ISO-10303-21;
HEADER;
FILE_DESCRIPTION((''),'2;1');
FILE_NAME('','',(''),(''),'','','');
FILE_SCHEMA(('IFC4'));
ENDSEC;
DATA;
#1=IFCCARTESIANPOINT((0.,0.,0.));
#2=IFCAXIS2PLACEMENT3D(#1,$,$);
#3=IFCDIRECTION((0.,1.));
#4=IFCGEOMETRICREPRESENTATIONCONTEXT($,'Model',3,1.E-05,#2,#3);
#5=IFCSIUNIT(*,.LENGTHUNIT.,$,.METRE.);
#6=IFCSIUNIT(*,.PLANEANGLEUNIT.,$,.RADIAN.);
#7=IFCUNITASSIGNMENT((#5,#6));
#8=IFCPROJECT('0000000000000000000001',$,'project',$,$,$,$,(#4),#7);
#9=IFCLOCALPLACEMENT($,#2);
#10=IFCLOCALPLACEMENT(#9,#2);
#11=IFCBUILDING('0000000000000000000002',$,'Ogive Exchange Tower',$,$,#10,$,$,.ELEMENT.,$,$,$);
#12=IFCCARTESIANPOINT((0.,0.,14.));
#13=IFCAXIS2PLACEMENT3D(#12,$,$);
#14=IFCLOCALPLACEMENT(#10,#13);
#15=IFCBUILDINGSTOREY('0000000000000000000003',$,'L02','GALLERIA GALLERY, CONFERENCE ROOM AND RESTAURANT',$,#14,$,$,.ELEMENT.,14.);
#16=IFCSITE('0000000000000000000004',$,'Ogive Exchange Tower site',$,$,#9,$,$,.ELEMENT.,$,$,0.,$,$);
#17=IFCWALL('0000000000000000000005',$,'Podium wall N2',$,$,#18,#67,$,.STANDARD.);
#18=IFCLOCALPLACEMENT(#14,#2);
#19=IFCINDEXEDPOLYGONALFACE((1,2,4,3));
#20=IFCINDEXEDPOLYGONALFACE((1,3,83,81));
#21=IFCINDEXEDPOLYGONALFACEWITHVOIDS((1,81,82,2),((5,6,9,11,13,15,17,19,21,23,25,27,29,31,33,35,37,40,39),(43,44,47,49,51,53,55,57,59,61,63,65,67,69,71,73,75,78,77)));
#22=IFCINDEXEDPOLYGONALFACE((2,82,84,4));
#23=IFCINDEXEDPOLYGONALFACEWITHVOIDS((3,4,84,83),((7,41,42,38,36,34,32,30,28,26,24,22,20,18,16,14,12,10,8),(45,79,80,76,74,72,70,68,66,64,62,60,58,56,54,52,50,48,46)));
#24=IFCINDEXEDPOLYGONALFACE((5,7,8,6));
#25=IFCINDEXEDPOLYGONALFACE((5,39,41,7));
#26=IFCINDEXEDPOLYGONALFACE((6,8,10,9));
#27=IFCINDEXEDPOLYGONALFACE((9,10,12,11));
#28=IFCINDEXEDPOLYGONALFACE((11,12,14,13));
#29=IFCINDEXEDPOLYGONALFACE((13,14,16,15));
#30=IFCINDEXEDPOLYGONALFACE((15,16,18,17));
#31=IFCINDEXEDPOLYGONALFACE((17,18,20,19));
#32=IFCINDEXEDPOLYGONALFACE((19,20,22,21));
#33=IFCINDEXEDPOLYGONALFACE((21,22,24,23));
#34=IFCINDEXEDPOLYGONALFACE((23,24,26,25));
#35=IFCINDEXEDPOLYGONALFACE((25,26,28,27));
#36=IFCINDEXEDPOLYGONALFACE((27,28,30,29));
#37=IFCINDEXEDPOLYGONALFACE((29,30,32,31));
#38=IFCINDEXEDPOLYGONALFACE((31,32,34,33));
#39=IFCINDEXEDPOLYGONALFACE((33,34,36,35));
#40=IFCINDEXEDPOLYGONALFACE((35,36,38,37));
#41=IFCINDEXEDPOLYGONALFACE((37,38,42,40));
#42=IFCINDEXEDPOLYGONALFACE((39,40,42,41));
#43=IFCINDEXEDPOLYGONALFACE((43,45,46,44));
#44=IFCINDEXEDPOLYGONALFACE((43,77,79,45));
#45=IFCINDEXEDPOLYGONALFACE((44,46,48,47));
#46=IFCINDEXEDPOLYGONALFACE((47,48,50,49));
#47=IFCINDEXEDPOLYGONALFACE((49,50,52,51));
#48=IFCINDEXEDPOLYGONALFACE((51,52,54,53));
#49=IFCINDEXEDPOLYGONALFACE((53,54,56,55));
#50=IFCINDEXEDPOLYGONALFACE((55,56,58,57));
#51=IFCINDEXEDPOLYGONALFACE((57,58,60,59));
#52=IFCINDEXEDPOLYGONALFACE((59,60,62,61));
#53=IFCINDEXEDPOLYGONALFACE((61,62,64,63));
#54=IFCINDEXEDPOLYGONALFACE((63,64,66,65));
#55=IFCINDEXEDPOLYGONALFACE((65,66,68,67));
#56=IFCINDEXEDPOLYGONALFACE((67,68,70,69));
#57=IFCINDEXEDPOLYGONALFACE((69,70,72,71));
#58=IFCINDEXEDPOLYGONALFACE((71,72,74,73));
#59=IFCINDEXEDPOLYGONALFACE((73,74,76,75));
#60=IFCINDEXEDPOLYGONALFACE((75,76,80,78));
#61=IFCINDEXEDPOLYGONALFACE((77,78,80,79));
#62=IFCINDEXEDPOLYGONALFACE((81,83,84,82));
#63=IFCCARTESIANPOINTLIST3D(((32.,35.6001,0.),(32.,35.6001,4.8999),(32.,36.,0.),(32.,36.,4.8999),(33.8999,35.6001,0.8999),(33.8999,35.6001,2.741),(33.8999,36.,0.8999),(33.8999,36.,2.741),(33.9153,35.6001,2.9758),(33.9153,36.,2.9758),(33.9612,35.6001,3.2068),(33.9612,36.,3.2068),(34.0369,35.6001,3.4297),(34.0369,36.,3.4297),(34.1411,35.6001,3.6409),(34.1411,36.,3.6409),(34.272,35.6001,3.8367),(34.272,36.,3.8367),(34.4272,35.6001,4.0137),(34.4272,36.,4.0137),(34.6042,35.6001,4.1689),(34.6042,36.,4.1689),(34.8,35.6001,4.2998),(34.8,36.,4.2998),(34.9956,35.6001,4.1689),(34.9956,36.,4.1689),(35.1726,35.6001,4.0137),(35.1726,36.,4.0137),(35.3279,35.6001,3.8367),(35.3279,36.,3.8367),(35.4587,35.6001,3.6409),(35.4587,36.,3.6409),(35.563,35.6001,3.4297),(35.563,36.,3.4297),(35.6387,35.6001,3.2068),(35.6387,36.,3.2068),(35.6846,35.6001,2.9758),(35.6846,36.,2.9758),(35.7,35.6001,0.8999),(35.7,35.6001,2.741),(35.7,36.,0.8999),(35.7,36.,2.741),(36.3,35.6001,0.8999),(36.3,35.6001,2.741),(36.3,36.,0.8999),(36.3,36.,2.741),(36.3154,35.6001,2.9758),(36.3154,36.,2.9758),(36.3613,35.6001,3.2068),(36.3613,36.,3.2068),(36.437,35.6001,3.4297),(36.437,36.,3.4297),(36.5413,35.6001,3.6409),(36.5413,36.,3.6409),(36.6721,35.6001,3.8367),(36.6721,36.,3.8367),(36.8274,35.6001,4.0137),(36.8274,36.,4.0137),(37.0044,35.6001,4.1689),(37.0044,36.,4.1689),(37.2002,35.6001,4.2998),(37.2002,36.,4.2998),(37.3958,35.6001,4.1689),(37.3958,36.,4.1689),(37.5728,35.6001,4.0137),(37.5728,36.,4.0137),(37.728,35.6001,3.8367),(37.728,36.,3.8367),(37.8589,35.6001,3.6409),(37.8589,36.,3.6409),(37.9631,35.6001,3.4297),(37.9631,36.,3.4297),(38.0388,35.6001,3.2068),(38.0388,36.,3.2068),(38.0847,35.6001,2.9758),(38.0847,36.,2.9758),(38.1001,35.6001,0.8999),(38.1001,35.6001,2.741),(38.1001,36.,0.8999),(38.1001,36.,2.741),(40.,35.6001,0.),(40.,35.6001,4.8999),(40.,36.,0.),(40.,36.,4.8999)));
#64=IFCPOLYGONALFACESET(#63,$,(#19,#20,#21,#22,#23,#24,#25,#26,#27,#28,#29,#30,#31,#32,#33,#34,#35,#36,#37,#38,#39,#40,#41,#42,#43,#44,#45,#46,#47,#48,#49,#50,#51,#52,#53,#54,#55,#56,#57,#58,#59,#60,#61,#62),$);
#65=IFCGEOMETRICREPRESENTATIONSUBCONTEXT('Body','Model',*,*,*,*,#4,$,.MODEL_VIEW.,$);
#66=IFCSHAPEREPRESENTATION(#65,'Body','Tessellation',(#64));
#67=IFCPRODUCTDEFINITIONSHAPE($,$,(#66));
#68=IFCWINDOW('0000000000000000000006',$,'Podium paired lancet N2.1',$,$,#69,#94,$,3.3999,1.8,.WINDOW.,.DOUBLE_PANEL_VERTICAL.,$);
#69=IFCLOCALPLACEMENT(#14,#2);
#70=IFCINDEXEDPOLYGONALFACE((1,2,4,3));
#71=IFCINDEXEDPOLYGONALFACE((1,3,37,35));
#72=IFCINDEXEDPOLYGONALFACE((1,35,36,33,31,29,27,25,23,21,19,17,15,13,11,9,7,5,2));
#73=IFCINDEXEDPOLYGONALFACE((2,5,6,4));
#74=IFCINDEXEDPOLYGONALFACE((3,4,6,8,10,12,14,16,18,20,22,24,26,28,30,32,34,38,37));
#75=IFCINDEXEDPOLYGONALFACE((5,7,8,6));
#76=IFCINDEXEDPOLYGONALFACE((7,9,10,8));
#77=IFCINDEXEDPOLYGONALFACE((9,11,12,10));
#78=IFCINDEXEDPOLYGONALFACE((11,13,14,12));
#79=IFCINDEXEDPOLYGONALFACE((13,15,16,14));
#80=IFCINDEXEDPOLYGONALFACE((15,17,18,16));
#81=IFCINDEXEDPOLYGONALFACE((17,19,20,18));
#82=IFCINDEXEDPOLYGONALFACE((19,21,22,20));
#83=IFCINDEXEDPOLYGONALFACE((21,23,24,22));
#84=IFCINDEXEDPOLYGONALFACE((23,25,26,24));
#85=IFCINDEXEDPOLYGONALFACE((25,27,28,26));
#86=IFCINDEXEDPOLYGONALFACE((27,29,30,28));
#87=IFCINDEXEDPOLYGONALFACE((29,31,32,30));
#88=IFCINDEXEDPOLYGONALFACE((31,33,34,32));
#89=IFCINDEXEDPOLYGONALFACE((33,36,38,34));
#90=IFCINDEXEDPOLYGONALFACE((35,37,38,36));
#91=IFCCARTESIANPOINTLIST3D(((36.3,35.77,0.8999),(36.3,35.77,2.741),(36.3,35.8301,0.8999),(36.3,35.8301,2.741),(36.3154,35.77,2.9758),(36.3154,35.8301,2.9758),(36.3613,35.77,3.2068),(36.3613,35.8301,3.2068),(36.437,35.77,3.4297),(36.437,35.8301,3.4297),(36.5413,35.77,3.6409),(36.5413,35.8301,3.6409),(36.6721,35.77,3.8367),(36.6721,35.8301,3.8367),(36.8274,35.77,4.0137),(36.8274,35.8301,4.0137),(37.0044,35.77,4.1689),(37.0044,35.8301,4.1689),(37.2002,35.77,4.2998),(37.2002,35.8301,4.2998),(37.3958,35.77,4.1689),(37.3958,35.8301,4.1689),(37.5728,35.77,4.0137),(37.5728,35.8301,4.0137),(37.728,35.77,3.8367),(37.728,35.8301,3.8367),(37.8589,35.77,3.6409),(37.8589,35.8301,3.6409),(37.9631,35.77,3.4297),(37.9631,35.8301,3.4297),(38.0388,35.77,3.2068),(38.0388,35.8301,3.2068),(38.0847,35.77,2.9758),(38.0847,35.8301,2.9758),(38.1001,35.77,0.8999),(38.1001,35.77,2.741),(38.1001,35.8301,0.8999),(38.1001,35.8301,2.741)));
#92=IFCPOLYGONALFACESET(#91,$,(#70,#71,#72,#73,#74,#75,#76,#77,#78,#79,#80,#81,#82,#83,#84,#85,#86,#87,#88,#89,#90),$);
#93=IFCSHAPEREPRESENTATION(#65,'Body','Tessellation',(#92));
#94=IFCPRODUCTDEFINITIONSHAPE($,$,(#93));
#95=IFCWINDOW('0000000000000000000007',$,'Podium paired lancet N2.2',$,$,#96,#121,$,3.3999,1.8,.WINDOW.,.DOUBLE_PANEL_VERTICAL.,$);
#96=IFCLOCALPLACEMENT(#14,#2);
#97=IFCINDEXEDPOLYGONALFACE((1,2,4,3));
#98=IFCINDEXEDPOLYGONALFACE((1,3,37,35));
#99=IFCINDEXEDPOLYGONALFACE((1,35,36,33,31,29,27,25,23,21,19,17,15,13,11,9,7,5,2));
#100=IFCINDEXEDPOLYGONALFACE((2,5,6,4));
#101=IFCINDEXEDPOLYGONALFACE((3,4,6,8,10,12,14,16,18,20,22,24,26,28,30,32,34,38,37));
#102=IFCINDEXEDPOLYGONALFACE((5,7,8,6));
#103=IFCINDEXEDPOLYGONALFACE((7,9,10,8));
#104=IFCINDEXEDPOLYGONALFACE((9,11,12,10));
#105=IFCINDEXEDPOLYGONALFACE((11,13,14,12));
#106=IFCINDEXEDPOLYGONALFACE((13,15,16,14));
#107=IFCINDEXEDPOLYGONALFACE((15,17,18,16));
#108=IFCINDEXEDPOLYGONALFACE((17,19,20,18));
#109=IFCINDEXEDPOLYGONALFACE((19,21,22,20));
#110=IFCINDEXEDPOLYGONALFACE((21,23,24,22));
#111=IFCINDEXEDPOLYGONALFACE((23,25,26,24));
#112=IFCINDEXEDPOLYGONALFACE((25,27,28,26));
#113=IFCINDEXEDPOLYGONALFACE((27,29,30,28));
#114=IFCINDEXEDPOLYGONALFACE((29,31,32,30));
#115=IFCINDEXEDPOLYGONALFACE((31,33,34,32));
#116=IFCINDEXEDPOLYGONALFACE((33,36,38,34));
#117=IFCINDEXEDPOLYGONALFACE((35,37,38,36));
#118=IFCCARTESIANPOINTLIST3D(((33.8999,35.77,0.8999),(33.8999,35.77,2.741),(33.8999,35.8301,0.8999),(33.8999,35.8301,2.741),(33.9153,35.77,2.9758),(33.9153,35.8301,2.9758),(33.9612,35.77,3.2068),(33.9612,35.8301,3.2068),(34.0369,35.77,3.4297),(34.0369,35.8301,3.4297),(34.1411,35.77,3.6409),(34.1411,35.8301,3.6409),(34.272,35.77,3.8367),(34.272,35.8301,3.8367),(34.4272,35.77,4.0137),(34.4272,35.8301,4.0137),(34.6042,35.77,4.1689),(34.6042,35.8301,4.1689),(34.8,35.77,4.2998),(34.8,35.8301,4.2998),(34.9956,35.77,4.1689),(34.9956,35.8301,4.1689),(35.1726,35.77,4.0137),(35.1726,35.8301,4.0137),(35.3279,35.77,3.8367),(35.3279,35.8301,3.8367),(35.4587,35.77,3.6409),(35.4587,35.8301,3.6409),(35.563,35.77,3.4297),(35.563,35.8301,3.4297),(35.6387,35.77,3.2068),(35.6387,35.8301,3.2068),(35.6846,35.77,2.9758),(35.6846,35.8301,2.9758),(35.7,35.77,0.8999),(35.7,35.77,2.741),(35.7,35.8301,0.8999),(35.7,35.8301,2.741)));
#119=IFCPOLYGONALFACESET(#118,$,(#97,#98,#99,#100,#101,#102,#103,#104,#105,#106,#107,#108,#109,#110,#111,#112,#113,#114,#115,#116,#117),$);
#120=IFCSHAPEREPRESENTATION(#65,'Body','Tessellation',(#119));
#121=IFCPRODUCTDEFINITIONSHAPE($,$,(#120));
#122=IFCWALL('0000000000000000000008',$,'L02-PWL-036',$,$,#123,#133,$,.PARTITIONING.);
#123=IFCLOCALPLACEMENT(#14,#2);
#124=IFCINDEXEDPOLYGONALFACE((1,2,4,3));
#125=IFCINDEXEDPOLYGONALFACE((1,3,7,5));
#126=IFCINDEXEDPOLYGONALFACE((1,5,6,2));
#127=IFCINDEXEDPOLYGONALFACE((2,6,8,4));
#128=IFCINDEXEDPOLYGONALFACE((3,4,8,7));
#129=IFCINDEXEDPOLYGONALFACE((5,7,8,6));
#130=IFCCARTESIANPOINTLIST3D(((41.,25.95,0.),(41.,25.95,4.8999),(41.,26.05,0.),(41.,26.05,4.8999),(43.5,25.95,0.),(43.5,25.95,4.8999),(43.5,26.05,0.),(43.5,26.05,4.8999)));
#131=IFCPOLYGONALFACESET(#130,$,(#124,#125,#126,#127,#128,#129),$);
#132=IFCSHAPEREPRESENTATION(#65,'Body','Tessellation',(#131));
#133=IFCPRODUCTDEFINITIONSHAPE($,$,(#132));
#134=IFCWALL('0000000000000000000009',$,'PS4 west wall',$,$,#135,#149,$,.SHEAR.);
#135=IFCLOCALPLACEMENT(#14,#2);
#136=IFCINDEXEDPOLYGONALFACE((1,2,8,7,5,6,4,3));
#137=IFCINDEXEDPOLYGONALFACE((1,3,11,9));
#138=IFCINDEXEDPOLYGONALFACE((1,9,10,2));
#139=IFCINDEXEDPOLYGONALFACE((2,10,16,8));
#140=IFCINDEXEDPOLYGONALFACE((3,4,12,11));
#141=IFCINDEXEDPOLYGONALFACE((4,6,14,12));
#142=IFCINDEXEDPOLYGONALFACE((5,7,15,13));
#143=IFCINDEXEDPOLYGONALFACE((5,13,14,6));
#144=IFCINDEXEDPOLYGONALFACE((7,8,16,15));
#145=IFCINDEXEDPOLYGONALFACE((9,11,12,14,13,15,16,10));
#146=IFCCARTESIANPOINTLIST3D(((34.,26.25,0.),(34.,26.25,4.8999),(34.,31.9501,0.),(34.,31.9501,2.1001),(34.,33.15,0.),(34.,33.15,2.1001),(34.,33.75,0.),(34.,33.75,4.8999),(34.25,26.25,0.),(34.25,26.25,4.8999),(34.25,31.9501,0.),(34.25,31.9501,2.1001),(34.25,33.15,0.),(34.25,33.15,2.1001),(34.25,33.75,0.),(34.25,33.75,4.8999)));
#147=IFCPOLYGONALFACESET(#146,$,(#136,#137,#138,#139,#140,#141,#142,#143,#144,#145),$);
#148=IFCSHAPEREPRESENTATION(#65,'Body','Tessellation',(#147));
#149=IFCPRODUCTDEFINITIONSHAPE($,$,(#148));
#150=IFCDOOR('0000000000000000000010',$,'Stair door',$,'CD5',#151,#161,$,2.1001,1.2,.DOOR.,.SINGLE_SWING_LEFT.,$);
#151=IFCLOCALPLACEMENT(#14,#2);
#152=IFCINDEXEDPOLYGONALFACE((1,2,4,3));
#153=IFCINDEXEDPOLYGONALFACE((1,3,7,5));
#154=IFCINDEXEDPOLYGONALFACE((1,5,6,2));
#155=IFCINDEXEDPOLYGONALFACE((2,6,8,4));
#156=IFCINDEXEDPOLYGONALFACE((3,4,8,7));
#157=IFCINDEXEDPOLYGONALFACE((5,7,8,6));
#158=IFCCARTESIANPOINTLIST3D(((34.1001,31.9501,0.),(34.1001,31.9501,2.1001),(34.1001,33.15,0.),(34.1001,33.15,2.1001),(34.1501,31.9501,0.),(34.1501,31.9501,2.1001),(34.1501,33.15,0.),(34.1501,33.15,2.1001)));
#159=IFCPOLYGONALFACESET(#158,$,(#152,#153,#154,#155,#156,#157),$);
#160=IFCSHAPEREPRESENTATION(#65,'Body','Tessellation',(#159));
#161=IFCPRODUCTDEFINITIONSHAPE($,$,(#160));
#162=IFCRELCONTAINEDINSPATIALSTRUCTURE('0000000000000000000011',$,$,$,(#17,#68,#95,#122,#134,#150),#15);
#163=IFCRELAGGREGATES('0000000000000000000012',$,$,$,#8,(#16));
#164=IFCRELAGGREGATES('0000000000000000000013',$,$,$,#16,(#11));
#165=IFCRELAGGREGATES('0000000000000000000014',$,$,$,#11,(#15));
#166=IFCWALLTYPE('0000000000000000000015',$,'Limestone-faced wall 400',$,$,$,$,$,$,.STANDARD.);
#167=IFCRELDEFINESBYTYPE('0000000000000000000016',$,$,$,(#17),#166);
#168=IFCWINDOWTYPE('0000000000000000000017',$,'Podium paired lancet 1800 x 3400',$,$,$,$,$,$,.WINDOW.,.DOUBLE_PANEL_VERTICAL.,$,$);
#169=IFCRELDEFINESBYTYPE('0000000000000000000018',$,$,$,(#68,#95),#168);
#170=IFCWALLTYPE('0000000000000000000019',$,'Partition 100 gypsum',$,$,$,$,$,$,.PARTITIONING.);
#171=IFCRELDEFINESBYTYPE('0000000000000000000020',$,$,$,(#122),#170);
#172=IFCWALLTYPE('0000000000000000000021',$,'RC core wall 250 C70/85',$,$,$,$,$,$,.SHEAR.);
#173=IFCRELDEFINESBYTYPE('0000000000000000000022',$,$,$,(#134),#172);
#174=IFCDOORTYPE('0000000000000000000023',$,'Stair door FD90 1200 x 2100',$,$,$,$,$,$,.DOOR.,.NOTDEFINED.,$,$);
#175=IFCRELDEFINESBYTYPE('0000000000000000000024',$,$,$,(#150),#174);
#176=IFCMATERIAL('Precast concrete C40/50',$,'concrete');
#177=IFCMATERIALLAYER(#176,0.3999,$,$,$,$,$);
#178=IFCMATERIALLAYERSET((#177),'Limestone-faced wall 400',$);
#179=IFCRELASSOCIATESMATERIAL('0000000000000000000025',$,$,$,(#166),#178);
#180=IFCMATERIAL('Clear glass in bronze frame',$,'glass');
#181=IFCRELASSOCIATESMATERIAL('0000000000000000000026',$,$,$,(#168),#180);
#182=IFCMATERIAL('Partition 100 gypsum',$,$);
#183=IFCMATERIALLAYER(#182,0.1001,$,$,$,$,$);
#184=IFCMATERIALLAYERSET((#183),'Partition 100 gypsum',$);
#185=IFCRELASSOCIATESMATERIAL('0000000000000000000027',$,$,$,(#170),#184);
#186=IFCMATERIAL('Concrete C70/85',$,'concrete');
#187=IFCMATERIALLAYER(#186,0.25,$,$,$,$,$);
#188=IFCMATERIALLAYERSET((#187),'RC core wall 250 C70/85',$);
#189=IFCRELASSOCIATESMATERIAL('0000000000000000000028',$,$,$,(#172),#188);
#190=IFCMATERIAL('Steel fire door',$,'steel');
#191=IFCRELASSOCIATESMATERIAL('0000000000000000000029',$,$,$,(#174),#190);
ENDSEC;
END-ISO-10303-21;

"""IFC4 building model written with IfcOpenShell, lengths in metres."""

from ifc_helpers import new_model, si_unit, direction, frame, frame_2d, origin, place, context, subcontext, project, spatial, polyline, rectangle, outline, extrude, material, layer, layer_set, type_object, element, fill, save


model = new_model("IFC4")

# Units and contexts
model_context = context("Model", 3, precision=1e-05, world=origin(), true_north=direction((0.0, 1.0)))
body_context = subcontext(model_context, "Body", "Model", "MODEL_VIEW")
ifc_project = project(units=[si_unit("LENGTHUNIT", "METRE"), si_unit("PLANEANGLEUNIT", "RADIAN")], contexts=[model_context])

# Site, building, storey
site_placement = place(None, origin())
site = spatial("IfcSite", under=ifc_project, at=site_placement, Name="Ogive Exchange Tower site", CompositionType="ELEMENT", RefElevation=0.0)
building_placement = place(site_placement, origin())
building = spatial("IfcBuilding", under=site, at=building_placement, Name="Ogive Exchange Tower", CompositionType="ELEMENT")
storey_placement = place(building_placement, frame((0.0, 0.0, 14.0)))
storey = spatial("IfcBuildingStorey", under=building, at=storey_placement, Name="L02", Description="GALLERIA GALLERY, CONFERENCE ROOM AND RESTAURANT", CompositionType="ELEMENT", Elevation=14.0)

# Shared definitions
ifc_material_1 = material(Name="Concrete C70/85", Category="concrete")

# Shared definitions
ifc_material_2 = material(Name="Precast concrete C40/50", Category="concrete")
ifc_layer_1 = layer(ifc_material_2, 0.3999)
ifc_layer_set_1 = layer_set([ifc_layer_1], Name="Limestone-faced wall 400")
wall_type_1 = type_object("IfcWallType", Name="Limestone-faced wall 400", PredefinedType="STANDARD", material=ifc_layer_set_1)

# Wall, openings, windows
wall_1_placement = place(storey_placement, frame((40.0, 35.8, 0.0), z_axis=(0.0, 0.0, 1.0), x_axis=(-1.0, 0.0, 0.0)))
wall_1 = element("IfcWall", 1, at=wall_1_placement, inside=storey, type_object=wall_type_1, Name="Podium wall N2", PredefinedType="STANDARD", context=body_context, shape_type="SweptSolid", body=[
    extrude(rectangle(XDim=8.0, YDim=0.3999, at=frame_2d((4.0, 0.0))), origin(), (0.0, 0.0, 1.0), 4.8999),
])
opening_1_placement = place(wall_1_placement, frame((1.8999, 0.0, 0.8999)))
opening_1 = element("IfcOpeningElement", 2, at=opening_1_placement, cuts=wall_1, PredefinedType="OPENING", context=body_context, shape_type="SweptSolid", body=[
    extrude(outline(polyline([(0.0, 0.0), (1.8, 0.0), (1.8, 1.8411), (1.7847, 2.0759), (1.7388, 2.3069), (1.6631, 2.5298), (1.5588, 2.741), (1.428, 2.9368), (1.2727, 3.1138), (1.0957, 3.269), (0.8999, 3.3999), (0.7043, 3.269), (0.5273, 3.1138), (0.3721, 2.9368), (0.2412, 2.741), (0.137, 2.5298), (0.0613, 2.3069), (0.0154, 2.0759), (0.0, 1.8411), (0.0, 0.0)])), frame((0.0, 0.21, 0.0), z_axis=(0.0, -1.0, 0.0), x_axis=(1.0, 0.0, 0.0)), (0.0, 0.0, 1.0), 0.4199),
])
opening_2_placement = place(wall_1_placement, frame((4.3, 0.0, 0.8999)))
opening_2 = element("IfcOpeningElement", 3, at=opening_2_placement, cuts=wall_1, PredefinedType="OPENING", context=body_context, shape_type="SweptSolid", body=[
    extrude(outline(polyline([(0.0, 0.0), (1.8, 0.0), (1.8, 1.8411), (1.7847, 2.0759), (1.7388, 2.3069), (1.6631, 2.5298), (1.5588, 2.741), (1.428, 2.9368), (1.2727, 3.1138), (1.0957, 3.269), (0.8999, 3.3999), (0.7043, 3.269), (0.5273, 3.1138), (0.3721, 2.9368), (0.2412, 2.741), (0.137, 2.5298), (0.0613, 2.3069), (0.0154, 2.0759), (0.0, 1.8411), (0.0, 0.0)])), frame((0.0, 0.21, 0.0), z_axis=(0.0, -1.0, 0.0), x_axis=(1.0, 0.0, 0.0)), (0.0, 0.0, 1.0), 0.4199),
])
ifc_material_3 = material(Name="Clear glass in bronze frame", Category="glass")
window_type = type_object("IfcWindowType", Name="Podium paired lancet 1800 x 3400", PartitioningType="DOUBLE_PANEL_VERTICAL", PredefinedType="WINDOW", material=ifc_material_3)
window_1_placement = place(opening_1_placement, origin())
window_1 = element("IfcWindow", 4, at=window_1_placement, inside=storey, type_object=window_type, Name="Podium paired lancet N2.1", OverallHeight=3.3999, OverallWidth=1.8, PartitioningType="DOUBLE_PANEL_VERTICAL", PredefinedType="WINDOW", context=body_context, shape_type="SweptSolid", body=[
    extrude(outline(polyline([(0.0, 0.0), (1.8, 0.0), (1.8, 1.8411), (1.7847, 2.0759), (1.7388, 2.3069), (1.6631, 2.5298), (1.5588, 2.741), (1.428, 2.9368), (1.2727, 3.1138), (1.0957, 3.269), (0.8999, 3.3999), (0.7043, 3.269), (0.5273, 3.1138), (0.3721, 2.9368), (0.2412, 2.741), (0.137, 2.5298), (0.0613, 2.3069), (0.0154, 2.0759), (0.0, 1.8411), (0.0, 0.0)])), frame((0.0, 0.03, 0.0), z_axis=(0.0, -1.0, 0.0), x_axis=(1.0, 0.0, 0.0)), (0.0, 0.0, 1.0), 0.0601),
])
fill(opening_1, window_1)
window_2_placement = place(opening_2_placement, origin())
window_2 = element("IfcWindow", 5, at=window_2_placement, inside=storey, type_object=window_type, Name="Podium paired lancet N2.2", OverallHeight=3.3999, OverallWidth=1.8, PartitioningType="DOUBLE_PANEL_VERTICAL", PredefinedType="WINDOW", context=body_context, shape_type="SweptSolid", body=[
    extrude(outline(polyline([(0.0, 0.0), (1.8, 0.0), (1.8, 1.8411), (1.7847, 2.0759), (1.7388, 2.3069), (1.6631, 2.5298), (1.5588, 2.741), (1.428, 2.9368), (1.2727, 3.1138), (1.0957, 3.269), (0.8999, 3.3999), (0.7043, 3.269), (0.5273, 3.1138), (0.3721, 2.9368), (0.2412, 2.741), (0.137, 2.5298), (0.0613, 2.3069), (0.0154, 2.0759), (0.0, 1.8411), (0.0, 0.0)])), frame((0.0, 0.03, 0.0), z_axis=(0.0, -1.0, 0.0), x_axis=(1.0, 0.0, 0.0)), (0.0, 0.0, 1.0), 0.0601),
])
fill(opening_2, window_2)

# Wall
ifc_material_4 = material(Name="Partition 100 gypsum")
ifc_layer_2 = layer(ifc_material_4, 0.1001)
ifc_layer_set_2 = layer_set([ifc_layer_2], Name="Partition 100 gypsum")
wall_type_2 = type_object("IfcWallType", Name="Partition 100 gypsum", PredefinedType="PARTITIONING", material=ifc_layer_set_2)
wall_2_placement = place(storey_placement, frame((41.0, 26.0, 0.0), z_axis=(0.0, 0.0, 1.0), x_axis=(1.0, 0.0, 0.0)))
element("IfcWall", 6, at=wall_2_placement, inside=storey, type_object=wall_type_2, Name="L02-PWL-036", PredefinedType="PARTITIONING", context=body_context, shape_type="SweptSolid", body=[
    extrude(rectangle(XDim=2.5, YDim=0.1001, at=frame_2d((1.25, 0.0))), origin(), (0.0, 0.0, 1.0), 4.8999),
])

# Wall, opening, door
ifc_layer_3 = layer(ifc_material_1, 0.25)
ifc_layer_set_3 = layer_set([ifc_layer_3], Name="RC core wall 250 C70/85")
wall_type_3 = type_object("IfcWallType", Name="RC core wall 250 C70/85", PredefinedType="SHEAR", material=ifc_layer_set_3)
wall_3_placement = place(storey_placement, frame((34.125, 26.25, 0.0), z_axis=(0.0, 0.0, 1.0), x_axis=(0.0, 1.0, 0.0)))
wall_3 = element("IfcWall", 7, at=wall_3_placement, inside=storey, type_object=wall_type_3, Name="PS4 west wall", PredefinedType="SHEAR", context=body_context, shape_type="SweptSolid", body=[
    extrude(rectangle(XDim=7.5, YDim=0.25, at=frame_2d((3.75, 0.0))), origin(), (0.0, 0.0, 1.0), 4.8999),
])
opening_3_placement = place(wall_3_placement, frame((5.7, 0.0, 0.0)))
opening_3 = element("IfcOpeningElement", 8, at=opening_3_placement, cuts=wall_3, PredefinedType="OPENING", context=body_context, shape_type="SweptSolid", body=[
    extrude(rectangle(XDim=1.2, YDim=2.1001, at=frame_2d((0.6001, 1.05))), frame((0.0, 0.135, 0.0), z_axis=(0.0, -1.0, 0.0), x_axis=(1.0, 0.0, 0.0)), (0.0, 0.0, 1.0), 0.27),
])
ifc_material_5 = material(Name="Steel fire door", Category="steel")
door_type_1 = type_object("IfcDoorType", Name="Stair door FD90 1200 x 2100", OperationType="NOTDEFINED", PredefinedType="DOOR", material=ifc_material_5)
door_1_placement = place(opening_3_placement, origin())
door_1 = element("IfcDoor", 9, at=door_1_placement, inside=storey, type_object=door_type_1, Name="Stair door", ObjectType="CD5", OperationType="SINGLE_SWING_LEFT", OverallHeight=2.1001, OverallWidth=1.2, PredefinedType="DOOR", context=body_context, shape_type="SweptSolid", body=[
    extrude(rectangle(XDim=1.2, YDim=2.1001, at=frame_2d((0.6001, 1.05))), frame((0.0, 0.0249, 0.0), z_axis=(0.0, -1.0, 0.0), x_axis=(1.0, 0.0, 0.0)), (0.0, 0.0, 1.0), 0.05),
])
fill(opening_3, door_1)

save(model, "model.ifc")
